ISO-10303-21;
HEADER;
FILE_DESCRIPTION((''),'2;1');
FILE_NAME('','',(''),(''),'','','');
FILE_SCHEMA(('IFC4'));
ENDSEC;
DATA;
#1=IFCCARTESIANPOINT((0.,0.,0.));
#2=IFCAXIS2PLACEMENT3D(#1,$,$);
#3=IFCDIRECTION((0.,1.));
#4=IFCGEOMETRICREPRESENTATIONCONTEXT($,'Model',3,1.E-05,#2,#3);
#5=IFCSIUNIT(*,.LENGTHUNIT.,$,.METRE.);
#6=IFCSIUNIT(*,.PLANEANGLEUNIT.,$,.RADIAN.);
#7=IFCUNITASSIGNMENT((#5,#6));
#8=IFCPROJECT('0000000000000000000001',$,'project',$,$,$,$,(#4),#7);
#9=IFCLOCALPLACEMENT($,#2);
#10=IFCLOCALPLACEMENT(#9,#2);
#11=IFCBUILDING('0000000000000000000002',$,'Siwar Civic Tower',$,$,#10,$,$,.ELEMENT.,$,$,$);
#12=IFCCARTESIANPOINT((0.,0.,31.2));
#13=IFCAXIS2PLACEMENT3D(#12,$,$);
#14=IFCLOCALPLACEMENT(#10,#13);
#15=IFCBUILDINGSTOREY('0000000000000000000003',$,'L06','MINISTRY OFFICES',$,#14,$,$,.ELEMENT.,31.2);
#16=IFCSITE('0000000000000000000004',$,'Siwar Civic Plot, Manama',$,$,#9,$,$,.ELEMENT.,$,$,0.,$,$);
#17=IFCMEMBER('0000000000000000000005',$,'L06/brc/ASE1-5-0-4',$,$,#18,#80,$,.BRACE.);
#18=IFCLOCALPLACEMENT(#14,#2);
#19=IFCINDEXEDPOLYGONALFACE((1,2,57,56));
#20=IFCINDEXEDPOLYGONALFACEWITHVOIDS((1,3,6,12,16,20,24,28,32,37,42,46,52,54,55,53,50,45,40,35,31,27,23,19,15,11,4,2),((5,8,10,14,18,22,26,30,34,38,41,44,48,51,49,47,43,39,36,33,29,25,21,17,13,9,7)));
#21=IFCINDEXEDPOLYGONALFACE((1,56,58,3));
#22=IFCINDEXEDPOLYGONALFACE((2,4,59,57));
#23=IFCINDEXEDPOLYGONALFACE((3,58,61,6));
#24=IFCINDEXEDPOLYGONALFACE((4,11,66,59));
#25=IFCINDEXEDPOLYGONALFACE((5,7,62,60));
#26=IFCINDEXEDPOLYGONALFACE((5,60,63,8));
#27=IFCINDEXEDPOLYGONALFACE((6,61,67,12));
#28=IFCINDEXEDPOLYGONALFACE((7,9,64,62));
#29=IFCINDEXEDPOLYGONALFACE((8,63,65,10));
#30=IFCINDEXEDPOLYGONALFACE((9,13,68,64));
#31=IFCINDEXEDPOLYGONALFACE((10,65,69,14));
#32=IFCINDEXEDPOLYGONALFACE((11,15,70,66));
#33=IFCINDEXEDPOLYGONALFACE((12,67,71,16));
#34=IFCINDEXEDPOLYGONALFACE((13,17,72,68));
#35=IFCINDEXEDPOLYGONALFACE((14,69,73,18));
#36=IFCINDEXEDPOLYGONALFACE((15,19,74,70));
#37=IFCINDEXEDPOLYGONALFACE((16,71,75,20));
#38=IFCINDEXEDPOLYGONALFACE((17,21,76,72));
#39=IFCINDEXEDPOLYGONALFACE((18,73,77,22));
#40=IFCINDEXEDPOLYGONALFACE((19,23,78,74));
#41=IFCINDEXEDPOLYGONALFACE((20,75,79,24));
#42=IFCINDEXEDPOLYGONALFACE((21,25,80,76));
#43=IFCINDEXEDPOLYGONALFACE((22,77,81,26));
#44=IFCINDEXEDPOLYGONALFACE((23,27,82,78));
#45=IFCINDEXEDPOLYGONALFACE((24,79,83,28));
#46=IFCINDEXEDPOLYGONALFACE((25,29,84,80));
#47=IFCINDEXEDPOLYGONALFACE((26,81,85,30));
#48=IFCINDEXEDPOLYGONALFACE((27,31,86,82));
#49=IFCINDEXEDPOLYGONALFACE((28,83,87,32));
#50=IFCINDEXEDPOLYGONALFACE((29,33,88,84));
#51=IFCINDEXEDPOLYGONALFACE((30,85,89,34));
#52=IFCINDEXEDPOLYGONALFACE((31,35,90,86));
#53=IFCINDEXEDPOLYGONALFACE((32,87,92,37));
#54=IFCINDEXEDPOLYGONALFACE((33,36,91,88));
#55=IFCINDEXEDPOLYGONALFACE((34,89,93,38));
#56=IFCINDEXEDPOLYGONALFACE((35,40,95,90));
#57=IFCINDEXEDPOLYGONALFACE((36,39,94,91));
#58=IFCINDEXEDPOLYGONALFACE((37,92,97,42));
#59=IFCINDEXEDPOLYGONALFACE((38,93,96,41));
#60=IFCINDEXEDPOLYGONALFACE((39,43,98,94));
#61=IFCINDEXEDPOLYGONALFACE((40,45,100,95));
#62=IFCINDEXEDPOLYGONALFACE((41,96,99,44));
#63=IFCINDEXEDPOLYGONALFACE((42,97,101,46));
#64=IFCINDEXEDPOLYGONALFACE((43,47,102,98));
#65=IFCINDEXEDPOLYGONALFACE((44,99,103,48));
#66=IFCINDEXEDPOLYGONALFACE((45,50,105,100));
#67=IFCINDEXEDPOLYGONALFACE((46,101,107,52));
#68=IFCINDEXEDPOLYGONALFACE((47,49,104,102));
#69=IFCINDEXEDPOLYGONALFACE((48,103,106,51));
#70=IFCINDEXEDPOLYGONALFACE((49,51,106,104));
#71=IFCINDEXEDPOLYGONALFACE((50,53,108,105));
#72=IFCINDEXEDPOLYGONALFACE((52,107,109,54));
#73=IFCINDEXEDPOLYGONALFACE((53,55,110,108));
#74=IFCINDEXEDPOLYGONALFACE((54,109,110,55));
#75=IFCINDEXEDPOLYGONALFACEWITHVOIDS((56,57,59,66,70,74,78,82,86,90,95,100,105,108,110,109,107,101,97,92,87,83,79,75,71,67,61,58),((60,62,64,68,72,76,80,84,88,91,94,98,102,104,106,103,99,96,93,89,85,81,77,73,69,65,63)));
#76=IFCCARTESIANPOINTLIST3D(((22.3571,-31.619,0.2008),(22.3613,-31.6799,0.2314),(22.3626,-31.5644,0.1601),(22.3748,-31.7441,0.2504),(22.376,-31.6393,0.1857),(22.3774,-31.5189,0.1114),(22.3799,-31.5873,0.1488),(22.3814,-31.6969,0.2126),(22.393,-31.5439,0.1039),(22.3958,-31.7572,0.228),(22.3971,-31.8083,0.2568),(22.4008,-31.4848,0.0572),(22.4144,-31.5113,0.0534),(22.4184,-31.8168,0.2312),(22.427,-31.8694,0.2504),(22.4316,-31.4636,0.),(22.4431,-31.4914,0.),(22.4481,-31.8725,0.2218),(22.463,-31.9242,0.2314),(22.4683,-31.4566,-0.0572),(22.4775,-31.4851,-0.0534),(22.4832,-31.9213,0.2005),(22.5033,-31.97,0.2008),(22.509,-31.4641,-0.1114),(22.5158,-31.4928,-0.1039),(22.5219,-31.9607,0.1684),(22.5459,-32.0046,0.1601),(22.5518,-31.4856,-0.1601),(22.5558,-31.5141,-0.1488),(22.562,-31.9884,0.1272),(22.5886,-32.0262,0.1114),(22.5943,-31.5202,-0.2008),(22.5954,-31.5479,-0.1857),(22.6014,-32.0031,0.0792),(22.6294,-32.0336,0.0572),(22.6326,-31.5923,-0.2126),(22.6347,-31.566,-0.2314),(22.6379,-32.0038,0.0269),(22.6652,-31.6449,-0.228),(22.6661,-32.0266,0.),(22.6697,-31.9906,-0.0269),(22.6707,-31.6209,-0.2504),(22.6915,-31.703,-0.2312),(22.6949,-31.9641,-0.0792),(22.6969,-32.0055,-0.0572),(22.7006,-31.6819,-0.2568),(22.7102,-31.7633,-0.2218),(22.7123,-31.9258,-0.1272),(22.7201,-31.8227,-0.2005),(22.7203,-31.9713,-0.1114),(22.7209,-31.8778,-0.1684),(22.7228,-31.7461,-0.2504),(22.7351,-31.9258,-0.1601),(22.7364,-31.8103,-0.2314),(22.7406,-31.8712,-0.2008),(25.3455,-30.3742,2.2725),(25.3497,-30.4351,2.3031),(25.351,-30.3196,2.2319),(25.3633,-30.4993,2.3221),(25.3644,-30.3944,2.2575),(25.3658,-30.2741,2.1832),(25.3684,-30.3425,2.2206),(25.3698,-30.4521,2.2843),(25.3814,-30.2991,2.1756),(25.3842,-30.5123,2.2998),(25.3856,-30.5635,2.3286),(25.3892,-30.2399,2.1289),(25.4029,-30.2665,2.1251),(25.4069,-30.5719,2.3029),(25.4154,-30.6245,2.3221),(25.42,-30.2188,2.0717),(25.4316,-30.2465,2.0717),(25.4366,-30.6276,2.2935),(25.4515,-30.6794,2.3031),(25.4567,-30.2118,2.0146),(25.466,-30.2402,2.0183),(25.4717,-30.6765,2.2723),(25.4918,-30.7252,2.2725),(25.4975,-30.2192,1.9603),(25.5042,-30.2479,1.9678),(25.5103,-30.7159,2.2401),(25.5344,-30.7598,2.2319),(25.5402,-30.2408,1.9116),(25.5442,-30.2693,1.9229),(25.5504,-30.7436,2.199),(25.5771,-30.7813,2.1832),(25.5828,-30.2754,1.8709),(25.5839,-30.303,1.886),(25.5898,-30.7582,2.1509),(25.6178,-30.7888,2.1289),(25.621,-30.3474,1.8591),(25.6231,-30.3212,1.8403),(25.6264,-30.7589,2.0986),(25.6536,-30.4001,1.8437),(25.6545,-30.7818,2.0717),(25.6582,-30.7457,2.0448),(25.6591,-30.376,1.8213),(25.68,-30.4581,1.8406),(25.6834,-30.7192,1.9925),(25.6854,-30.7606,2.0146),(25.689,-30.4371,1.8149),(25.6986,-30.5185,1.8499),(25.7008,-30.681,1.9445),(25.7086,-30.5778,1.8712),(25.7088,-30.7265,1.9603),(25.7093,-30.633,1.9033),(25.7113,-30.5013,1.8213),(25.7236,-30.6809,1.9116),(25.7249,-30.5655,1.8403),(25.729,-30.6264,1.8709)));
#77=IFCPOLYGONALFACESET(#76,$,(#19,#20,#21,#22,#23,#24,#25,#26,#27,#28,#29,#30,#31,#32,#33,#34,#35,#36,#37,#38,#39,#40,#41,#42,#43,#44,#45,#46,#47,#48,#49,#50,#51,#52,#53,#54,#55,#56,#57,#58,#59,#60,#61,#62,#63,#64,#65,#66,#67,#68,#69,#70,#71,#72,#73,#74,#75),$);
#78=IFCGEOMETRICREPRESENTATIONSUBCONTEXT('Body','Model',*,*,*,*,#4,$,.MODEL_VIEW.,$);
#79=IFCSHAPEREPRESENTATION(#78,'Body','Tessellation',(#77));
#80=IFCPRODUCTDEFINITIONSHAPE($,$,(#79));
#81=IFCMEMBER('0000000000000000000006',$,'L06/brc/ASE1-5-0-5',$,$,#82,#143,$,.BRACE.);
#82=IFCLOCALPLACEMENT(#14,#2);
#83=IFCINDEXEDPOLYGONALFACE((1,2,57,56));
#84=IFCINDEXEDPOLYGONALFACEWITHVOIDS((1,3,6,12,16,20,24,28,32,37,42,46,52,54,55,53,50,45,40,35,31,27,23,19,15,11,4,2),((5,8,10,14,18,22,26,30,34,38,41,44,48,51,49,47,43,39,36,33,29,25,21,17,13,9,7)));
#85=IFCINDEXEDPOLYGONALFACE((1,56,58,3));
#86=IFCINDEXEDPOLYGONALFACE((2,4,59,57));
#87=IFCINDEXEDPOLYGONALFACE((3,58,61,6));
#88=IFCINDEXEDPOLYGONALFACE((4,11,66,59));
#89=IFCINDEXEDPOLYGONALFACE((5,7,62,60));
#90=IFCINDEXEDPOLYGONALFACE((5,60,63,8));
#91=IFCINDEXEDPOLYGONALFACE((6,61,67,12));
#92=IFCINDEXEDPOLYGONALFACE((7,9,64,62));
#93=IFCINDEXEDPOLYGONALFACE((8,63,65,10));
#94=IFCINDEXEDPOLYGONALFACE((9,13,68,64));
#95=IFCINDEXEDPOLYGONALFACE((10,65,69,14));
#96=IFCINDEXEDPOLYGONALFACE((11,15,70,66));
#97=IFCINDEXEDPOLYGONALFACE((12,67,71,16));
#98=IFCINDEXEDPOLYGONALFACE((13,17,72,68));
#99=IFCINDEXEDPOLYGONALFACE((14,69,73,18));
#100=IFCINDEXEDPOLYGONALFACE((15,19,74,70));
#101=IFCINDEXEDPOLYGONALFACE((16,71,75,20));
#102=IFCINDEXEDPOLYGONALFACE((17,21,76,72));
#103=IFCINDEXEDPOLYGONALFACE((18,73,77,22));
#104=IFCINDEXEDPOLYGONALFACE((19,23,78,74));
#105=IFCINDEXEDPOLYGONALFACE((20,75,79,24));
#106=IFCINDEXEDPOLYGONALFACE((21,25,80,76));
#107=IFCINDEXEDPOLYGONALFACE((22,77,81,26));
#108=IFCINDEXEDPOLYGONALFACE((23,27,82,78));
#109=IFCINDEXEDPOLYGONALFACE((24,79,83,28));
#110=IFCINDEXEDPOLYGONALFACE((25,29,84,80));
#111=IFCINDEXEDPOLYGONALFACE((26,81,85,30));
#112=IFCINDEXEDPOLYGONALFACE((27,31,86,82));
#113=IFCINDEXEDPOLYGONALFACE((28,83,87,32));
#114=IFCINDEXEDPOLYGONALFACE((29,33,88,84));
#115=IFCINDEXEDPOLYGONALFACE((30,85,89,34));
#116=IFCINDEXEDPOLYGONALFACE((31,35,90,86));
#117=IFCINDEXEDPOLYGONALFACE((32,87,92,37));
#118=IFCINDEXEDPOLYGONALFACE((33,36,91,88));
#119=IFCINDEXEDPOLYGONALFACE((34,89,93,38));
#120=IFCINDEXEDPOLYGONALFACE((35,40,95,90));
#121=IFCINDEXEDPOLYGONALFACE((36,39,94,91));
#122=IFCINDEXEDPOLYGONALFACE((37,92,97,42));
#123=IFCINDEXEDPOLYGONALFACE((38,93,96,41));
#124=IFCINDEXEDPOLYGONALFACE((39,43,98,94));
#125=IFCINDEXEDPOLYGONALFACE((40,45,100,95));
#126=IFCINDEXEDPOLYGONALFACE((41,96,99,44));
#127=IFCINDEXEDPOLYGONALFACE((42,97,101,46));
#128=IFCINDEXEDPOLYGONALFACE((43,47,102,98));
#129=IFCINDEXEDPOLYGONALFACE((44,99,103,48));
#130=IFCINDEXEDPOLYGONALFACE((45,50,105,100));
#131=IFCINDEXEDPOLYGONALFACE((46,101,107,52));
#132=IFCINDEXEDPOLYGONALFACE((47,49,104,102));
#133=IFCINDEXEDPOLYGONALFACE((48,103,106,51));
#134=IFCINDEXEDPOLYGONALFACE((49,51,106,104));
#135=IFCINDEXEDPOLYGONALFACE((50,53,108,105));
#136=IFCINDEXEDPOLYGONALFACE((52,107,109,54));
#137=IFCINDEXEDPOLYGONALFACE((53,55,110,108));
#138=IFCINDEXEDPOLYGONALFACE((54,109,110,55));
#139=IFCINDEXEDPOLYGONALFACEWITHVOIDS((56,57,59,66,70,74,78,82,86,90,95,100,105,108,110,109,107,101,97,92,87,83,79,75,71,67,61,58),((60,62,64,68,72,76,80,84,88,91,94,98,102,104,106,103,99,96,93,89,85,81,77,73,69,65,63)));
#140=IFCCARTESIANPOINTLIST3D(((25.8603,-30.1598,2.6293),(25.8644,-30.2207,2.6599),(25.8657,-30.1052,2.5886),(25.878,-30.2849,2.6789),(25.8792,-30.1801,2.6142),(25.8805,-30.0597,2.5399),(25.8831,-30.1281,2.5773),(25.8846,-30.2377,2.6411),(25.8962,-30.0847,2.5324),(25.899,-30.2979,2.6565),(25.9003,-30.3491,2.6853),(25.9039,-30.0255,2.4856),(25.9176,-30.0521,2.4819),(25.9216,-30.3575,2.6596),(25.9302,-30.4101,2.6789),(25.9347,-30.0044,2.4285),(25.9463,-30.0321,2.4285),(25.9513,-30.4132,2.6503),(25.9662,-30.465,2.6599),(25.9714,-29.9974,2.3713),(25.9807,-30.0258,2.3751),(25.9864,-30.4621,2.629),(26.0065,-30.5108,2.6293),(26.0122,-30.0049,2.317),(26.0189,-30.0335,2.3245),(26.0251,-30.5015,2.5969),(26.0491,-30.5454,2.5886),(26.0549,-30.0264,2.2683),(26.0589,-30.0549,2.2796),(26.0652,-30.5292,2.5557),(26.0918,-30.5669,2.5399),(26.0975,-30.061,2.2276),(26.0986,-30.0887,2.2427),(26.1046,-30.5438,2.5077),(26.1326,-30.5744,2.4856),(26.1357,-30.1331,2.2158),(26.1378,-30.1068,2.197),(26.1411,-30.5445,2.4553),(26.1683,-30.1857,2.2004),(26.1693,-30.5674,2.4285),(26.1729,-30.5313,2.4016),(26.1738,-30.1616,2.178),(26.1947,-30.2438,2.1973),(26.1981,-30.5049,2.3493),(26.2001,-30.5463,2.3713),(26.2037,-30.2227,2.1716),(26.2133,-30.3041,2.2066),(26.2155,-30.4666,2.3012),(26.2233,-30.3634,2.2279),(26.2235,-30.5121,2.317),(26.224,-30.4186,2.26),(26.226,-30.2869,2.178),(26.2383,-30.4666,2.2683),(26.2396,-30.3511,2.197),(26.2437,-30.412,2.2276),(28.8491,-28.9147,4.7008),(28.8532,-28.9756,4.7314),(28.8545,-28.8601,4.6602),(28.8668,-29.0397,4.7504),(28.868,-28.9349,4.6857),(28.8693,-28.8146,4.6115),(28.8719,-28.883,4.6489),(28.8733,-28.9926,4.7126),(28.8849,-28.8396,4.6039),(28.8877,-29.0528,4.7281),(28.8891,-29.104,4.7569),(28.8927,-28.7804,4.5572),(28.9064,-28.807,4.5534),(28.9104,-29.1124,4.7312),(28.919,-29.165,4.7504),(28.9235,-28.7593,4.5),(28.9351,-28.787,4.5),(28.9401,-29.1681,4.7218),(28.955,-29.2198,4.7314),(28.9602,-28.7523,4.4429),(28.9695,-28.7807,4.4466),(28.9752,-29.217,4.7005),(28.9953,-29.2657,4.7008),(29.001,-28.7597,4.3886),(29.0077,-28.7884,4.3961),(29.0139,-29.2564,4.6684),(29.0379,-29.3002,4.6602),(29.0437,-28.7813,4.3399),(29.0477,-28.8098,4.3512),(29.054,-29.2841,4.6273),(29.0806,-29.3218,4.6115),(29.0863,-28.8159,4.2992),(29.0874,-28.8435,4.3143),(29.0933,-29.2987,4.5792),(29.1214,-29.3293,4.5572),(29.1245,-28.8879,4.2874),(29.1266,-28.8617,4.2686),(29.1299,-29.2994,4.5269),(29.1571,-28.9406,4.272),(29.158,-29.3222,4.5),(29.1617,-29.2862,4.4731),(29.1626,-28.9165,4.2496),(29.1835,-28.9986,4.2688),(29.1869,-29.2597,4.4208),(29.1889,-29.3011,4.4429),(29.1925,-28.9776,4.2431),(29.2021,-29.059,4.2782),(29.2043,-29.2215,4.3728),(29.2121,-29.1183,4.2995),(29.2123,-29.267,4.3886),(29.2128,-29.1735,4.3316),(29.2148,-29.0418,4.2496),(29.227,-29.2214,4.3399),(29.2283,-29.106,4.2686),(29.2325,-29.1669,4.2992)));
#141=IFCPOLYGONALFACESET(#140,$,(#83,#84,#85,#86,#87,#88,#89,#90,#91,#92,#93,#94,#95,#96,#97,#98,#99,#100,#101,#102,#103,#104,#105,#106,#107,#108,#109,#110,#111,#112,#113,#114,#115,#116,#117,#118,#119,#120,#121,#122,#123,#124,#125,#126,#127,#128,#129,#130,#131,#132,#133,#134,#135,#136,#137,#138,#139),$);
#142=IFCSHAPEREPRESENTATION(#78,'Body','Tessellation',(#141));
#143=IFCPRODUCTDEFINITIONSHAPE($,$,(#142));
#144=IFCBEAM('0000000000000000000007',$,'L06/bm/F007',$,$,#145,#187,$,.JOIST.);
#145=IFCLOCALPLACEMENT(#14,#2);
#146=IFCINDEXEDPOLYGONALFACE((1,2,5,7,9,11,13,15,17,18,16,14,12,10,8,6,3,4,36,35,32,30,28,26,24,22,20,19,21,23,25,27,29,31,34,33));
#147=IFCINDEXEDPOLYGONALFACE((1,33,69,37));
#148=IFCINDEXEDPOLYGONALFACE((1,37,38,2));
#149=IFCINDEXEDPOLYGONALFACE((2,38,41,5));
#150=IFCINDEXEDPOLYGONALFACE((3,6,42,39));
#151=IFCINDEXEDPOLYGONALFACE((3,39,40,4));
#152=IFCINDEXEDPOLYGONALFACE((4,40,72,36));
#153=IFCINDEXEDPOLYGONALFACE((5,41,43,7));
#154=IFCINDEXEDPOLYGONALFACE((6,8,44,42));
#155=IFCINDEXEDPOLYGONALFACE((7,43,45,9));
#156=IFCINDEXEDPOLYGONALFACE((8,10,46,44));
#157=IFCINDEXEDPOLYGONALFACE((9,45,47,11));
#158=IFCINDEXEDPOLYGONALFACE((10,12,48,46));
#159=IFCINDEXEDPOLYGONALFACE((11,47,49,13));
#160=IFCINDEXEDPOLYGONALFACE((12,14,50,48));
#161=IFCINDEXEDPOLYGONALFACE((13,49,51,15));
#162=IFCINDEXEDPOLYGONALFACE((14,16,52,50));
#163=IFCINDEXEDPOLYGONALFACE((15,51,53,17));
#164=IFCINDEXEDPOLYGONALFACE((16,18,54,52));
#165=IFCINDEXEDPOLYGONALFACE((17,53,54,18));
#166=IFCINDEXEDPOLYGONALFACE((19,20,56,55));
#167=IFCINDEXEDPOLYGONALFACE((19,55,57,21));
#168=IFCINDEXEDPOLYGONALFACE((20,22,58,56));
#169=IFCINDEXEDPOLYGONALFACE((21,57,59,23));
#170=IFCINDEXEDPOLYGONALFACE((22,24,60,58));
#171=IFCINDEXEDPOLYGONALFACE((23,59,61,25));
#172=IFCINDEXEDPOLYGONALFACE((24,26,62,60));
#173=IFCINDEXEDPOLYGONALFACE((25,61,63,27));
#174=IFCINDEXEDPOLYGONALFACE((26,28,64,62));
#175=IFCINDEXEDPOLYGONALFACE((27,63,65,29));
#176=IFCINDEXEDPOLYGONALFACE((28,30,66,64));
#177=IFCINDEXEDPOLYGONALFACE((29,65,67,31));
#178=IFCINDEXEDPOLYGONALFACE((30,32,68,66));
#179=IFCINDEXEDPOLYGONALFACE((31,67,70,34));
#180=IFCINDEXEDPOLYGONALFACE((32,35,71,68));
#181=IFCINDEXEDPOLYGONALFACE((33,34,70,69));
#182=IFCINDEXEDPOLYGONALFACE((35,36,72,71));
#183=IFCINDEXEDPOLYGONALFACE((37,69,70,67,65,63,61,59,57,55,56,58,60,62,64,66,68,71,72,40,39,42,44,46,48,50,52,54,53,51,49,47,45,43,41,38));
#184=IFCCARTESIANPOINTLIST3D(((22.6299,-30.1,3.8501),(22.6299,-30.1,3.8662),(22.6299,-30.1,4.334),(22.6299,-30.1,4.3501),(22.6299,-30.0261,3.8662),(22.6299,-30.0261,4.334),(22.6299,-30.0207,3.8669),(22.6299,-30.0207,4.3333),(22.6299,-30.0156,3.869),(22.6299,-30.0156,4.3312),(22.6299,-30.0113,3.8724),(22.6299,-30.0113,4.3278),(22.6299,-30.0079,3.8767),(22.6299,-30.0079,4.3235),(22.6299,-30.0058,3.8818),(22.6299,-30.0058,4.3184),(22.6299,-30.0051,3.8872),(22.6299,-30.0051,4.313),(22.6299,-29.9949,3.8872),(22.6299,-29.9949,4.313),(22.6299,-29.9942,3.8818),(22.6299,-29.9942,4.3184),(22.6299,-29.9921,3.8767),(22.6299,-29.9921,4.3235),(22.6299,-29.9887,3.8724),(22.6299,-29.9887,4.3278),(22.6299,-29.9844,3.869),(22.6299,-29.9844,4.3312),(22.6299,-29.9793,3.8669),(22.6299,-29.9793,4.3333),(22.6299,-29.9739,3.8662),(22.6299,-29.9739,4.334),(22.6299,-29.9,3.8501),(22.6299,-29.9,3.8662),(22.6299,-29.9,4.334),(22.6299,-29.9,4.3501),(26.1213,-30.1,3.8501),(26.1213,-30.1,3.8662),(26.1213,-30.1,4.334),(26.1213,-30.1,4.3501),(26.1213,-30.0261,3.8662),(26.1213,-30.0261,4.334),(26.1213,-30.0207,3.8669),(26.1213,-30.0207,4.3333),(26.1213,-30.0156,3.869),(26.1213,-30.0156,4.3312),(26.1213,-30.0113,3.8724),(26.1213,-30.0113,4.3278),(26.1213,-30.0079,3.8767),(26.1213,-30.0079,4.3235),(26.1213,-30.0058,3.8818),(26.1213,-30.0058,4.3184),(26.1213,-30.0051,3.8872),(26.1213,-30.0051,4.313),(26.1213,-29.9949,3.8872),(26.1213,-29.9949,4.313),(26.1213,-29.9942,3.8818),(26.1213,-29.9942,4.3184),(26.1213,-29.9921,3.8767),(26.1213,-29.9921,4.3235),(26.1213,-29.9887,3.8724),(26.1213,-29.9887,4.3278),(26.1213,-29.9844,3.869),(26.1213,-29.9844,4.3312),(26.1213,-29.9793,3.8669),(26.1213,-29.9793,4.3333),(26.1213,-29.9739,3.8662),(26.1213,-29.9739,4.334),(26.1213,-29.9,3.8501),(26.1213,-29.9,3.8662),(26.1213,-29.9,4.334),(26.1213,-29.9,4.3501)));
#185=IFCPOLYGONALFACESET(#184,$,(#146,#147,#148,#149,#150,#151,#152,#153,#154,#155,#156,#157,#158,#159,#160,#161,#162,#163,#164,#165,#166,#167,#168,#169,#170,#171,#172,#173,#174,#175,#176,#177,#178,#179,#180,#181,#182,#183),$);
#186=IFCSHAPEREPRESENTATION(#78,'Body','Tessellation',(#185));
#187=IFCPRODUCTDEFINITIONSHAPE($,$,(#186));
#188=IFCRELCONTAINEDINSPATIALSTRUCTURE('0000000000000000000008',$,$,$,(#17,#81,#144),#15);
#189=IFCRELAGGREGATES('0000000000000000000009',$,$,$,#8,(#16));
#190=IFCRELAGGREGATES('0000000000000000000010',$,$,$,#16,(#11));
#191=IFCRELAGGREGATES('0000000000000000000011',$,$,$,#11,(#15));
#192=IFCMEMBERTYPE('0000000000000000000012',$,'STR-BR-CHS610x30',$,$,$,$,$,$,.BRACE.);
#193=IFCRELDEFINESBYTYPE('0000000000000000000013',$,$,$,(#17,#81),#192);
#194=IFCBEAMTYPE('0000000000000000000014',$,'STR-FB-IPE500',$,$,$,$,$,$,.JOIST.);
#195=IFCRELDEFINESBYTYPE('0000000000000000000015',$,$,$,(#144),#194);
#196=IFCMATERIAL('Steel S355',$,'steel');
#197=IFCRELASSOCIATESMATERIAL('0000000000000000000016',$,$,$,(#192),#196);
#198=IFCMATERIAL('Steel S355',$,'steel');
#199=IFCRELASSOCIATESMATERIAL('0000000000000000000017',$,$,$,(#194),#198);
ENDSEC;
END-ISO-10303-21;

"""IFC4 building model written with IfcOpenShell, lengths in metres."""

from ifc_helpers import new_model, si_unit, direction, frame, origin, origin_2d, place, context, subcontext, project, spatial, hollow_circle, i_section, extrude, material, material_profile, profile_set, type_object, element, save


model = new_model("IFC4")

# Units and contexts
model_context = context("Model", 3, precision=1e-05, world=origin(), true_north=direction((0.0, 1.0)))
body_context = subcontext(model_context, "Body", "Model", "MODEL_VIEW")
ifc_project = project(units=[si_unit("LENGTHUNIT", "METRE"), si_unit("PLANEANGLEUNIT", "RADIAN")], contexts=[model_context])

# Site, building, storey
site_placement = place(None, origin())
site = spatial("IfcSite", under=ifc_project, at=site_placement, Name="Siwar Civic Plot, Manama", CompositionType="ELEMENT", RefElevation=0.0)
building_placement = place(site_placement, origin())
building = spatial("IfcBuilding", under=site, at=building_placement, Name="Siwar Civic Tower", CompositionType="ELEMENT")
storey_placement = place(building_placement, frame((0.0, 0.0, 31.2)))
storey = spatial("IfcBuildingStorey", under=building, at=storey_placement, Name="L06", Description="MINISTRY OFFICES", CompositionType="ELEMENT", Elevation=31.2)

# Members
ifc_material_1 = material(Name="Steel S355", Category="steel")
ifc_material_profile_1 = material_profile(ifc_material_1, hollow_circle(Radius=0.3049, WallThickness=0.03, at=origin_2d()), Name="CHS610x30")
ifc_profile_set_1 = profile_set([ifc_material_profile_1], Name="Steel S355")
member_type_1 = type_object("IfcMemberType", Name="STR-BR-CHS610x30", PredefinedType="BRACE", material=ifc_profile_set_1)
member_1_placement = place(storey_placement, frame((22.5488, -31.7451, 0.0), z_axis=(0.777533, 0.323882, 0.53902), x_axis=(-0.384524, 0.923115, 0.0)))
element("IfcMember", 1, at=member_1_placement, inside=storey, type_object=member_type_1, Name="L06/brc/ASE1-5-0-4", PredefinedType="BRACE", context=body_context, shape_type="SweptSolid", body=[
    extrude(hollow_circle(Radius=0.3049, WallThickness=0.03, at=origin_2d()), origin(), (0.0, 0.0, 1.0), 3.8435),
])
member_2_placement = place(storey_placement, frame((26.052, -30.2859, 2.4285), z_axis=(0.777569, 0.323934, 0.538937), x_axis=(-0.384562, 0.923099, 0.0)))
element("IfcMember", 2, at=member_2_placement, inside=storey, type_object=member_type_1, Name="L06/brc/ASE1-5-0-5", PredefinedType="BRACE", context=body_context, shape_type="SweptSolid", body=[
    extrude(hollow_circle(Radius=0.3049, WallThickness=0.03, at=origin_2d()), origin(), (0.0, 0.0, 1.0), 3.8438),
])

# Beam
ifc_material_2 = material(Name="Steel S355", Category="steel")
ifc_material_profile_2 = material_profile(ifc_material_2, i_section(OverallWidth=0.2, OverallDepth=0.5, WebThickness=0.0103, FlangeThickness=0.0161, FilletRadius=0.021, at=origin_2d()), Name="IPE500")
ifc_profile_set_2 = profile_set([ifc_material_profile_2], Name="Steel S355")
beam_type_1 = type_object("IfcBeamType", Name="STR-FB-IPE500", PredefinedType="JOIST", material=ifc_profile_set_2)
beam_1_placement = place(storey_placement, frame((22.6299, -30.0, 4.1001), z_axis=(1.0, 0.0, 0.0), x_axis=(0.0, 1.0, 0.0)))
element("IfcBeam", 3, at=beam_1_placement, inside=storey, type_object=beam_type_1, Name="L06/bm/F007", PredefinedType="JOIST", context=body_context, shape_type="SweptSolid", body=[
    extrude(i_section(OverallWidth=0.2, OverallDepth=0.5, WebThickness=0.0103, FlangeThickness=0.0161, FilletRadius=0.021, at=origin_2d()), origin(), (0.0, 0.0, 1.0), 3.4915),
])

save(model, "model.ifc")
